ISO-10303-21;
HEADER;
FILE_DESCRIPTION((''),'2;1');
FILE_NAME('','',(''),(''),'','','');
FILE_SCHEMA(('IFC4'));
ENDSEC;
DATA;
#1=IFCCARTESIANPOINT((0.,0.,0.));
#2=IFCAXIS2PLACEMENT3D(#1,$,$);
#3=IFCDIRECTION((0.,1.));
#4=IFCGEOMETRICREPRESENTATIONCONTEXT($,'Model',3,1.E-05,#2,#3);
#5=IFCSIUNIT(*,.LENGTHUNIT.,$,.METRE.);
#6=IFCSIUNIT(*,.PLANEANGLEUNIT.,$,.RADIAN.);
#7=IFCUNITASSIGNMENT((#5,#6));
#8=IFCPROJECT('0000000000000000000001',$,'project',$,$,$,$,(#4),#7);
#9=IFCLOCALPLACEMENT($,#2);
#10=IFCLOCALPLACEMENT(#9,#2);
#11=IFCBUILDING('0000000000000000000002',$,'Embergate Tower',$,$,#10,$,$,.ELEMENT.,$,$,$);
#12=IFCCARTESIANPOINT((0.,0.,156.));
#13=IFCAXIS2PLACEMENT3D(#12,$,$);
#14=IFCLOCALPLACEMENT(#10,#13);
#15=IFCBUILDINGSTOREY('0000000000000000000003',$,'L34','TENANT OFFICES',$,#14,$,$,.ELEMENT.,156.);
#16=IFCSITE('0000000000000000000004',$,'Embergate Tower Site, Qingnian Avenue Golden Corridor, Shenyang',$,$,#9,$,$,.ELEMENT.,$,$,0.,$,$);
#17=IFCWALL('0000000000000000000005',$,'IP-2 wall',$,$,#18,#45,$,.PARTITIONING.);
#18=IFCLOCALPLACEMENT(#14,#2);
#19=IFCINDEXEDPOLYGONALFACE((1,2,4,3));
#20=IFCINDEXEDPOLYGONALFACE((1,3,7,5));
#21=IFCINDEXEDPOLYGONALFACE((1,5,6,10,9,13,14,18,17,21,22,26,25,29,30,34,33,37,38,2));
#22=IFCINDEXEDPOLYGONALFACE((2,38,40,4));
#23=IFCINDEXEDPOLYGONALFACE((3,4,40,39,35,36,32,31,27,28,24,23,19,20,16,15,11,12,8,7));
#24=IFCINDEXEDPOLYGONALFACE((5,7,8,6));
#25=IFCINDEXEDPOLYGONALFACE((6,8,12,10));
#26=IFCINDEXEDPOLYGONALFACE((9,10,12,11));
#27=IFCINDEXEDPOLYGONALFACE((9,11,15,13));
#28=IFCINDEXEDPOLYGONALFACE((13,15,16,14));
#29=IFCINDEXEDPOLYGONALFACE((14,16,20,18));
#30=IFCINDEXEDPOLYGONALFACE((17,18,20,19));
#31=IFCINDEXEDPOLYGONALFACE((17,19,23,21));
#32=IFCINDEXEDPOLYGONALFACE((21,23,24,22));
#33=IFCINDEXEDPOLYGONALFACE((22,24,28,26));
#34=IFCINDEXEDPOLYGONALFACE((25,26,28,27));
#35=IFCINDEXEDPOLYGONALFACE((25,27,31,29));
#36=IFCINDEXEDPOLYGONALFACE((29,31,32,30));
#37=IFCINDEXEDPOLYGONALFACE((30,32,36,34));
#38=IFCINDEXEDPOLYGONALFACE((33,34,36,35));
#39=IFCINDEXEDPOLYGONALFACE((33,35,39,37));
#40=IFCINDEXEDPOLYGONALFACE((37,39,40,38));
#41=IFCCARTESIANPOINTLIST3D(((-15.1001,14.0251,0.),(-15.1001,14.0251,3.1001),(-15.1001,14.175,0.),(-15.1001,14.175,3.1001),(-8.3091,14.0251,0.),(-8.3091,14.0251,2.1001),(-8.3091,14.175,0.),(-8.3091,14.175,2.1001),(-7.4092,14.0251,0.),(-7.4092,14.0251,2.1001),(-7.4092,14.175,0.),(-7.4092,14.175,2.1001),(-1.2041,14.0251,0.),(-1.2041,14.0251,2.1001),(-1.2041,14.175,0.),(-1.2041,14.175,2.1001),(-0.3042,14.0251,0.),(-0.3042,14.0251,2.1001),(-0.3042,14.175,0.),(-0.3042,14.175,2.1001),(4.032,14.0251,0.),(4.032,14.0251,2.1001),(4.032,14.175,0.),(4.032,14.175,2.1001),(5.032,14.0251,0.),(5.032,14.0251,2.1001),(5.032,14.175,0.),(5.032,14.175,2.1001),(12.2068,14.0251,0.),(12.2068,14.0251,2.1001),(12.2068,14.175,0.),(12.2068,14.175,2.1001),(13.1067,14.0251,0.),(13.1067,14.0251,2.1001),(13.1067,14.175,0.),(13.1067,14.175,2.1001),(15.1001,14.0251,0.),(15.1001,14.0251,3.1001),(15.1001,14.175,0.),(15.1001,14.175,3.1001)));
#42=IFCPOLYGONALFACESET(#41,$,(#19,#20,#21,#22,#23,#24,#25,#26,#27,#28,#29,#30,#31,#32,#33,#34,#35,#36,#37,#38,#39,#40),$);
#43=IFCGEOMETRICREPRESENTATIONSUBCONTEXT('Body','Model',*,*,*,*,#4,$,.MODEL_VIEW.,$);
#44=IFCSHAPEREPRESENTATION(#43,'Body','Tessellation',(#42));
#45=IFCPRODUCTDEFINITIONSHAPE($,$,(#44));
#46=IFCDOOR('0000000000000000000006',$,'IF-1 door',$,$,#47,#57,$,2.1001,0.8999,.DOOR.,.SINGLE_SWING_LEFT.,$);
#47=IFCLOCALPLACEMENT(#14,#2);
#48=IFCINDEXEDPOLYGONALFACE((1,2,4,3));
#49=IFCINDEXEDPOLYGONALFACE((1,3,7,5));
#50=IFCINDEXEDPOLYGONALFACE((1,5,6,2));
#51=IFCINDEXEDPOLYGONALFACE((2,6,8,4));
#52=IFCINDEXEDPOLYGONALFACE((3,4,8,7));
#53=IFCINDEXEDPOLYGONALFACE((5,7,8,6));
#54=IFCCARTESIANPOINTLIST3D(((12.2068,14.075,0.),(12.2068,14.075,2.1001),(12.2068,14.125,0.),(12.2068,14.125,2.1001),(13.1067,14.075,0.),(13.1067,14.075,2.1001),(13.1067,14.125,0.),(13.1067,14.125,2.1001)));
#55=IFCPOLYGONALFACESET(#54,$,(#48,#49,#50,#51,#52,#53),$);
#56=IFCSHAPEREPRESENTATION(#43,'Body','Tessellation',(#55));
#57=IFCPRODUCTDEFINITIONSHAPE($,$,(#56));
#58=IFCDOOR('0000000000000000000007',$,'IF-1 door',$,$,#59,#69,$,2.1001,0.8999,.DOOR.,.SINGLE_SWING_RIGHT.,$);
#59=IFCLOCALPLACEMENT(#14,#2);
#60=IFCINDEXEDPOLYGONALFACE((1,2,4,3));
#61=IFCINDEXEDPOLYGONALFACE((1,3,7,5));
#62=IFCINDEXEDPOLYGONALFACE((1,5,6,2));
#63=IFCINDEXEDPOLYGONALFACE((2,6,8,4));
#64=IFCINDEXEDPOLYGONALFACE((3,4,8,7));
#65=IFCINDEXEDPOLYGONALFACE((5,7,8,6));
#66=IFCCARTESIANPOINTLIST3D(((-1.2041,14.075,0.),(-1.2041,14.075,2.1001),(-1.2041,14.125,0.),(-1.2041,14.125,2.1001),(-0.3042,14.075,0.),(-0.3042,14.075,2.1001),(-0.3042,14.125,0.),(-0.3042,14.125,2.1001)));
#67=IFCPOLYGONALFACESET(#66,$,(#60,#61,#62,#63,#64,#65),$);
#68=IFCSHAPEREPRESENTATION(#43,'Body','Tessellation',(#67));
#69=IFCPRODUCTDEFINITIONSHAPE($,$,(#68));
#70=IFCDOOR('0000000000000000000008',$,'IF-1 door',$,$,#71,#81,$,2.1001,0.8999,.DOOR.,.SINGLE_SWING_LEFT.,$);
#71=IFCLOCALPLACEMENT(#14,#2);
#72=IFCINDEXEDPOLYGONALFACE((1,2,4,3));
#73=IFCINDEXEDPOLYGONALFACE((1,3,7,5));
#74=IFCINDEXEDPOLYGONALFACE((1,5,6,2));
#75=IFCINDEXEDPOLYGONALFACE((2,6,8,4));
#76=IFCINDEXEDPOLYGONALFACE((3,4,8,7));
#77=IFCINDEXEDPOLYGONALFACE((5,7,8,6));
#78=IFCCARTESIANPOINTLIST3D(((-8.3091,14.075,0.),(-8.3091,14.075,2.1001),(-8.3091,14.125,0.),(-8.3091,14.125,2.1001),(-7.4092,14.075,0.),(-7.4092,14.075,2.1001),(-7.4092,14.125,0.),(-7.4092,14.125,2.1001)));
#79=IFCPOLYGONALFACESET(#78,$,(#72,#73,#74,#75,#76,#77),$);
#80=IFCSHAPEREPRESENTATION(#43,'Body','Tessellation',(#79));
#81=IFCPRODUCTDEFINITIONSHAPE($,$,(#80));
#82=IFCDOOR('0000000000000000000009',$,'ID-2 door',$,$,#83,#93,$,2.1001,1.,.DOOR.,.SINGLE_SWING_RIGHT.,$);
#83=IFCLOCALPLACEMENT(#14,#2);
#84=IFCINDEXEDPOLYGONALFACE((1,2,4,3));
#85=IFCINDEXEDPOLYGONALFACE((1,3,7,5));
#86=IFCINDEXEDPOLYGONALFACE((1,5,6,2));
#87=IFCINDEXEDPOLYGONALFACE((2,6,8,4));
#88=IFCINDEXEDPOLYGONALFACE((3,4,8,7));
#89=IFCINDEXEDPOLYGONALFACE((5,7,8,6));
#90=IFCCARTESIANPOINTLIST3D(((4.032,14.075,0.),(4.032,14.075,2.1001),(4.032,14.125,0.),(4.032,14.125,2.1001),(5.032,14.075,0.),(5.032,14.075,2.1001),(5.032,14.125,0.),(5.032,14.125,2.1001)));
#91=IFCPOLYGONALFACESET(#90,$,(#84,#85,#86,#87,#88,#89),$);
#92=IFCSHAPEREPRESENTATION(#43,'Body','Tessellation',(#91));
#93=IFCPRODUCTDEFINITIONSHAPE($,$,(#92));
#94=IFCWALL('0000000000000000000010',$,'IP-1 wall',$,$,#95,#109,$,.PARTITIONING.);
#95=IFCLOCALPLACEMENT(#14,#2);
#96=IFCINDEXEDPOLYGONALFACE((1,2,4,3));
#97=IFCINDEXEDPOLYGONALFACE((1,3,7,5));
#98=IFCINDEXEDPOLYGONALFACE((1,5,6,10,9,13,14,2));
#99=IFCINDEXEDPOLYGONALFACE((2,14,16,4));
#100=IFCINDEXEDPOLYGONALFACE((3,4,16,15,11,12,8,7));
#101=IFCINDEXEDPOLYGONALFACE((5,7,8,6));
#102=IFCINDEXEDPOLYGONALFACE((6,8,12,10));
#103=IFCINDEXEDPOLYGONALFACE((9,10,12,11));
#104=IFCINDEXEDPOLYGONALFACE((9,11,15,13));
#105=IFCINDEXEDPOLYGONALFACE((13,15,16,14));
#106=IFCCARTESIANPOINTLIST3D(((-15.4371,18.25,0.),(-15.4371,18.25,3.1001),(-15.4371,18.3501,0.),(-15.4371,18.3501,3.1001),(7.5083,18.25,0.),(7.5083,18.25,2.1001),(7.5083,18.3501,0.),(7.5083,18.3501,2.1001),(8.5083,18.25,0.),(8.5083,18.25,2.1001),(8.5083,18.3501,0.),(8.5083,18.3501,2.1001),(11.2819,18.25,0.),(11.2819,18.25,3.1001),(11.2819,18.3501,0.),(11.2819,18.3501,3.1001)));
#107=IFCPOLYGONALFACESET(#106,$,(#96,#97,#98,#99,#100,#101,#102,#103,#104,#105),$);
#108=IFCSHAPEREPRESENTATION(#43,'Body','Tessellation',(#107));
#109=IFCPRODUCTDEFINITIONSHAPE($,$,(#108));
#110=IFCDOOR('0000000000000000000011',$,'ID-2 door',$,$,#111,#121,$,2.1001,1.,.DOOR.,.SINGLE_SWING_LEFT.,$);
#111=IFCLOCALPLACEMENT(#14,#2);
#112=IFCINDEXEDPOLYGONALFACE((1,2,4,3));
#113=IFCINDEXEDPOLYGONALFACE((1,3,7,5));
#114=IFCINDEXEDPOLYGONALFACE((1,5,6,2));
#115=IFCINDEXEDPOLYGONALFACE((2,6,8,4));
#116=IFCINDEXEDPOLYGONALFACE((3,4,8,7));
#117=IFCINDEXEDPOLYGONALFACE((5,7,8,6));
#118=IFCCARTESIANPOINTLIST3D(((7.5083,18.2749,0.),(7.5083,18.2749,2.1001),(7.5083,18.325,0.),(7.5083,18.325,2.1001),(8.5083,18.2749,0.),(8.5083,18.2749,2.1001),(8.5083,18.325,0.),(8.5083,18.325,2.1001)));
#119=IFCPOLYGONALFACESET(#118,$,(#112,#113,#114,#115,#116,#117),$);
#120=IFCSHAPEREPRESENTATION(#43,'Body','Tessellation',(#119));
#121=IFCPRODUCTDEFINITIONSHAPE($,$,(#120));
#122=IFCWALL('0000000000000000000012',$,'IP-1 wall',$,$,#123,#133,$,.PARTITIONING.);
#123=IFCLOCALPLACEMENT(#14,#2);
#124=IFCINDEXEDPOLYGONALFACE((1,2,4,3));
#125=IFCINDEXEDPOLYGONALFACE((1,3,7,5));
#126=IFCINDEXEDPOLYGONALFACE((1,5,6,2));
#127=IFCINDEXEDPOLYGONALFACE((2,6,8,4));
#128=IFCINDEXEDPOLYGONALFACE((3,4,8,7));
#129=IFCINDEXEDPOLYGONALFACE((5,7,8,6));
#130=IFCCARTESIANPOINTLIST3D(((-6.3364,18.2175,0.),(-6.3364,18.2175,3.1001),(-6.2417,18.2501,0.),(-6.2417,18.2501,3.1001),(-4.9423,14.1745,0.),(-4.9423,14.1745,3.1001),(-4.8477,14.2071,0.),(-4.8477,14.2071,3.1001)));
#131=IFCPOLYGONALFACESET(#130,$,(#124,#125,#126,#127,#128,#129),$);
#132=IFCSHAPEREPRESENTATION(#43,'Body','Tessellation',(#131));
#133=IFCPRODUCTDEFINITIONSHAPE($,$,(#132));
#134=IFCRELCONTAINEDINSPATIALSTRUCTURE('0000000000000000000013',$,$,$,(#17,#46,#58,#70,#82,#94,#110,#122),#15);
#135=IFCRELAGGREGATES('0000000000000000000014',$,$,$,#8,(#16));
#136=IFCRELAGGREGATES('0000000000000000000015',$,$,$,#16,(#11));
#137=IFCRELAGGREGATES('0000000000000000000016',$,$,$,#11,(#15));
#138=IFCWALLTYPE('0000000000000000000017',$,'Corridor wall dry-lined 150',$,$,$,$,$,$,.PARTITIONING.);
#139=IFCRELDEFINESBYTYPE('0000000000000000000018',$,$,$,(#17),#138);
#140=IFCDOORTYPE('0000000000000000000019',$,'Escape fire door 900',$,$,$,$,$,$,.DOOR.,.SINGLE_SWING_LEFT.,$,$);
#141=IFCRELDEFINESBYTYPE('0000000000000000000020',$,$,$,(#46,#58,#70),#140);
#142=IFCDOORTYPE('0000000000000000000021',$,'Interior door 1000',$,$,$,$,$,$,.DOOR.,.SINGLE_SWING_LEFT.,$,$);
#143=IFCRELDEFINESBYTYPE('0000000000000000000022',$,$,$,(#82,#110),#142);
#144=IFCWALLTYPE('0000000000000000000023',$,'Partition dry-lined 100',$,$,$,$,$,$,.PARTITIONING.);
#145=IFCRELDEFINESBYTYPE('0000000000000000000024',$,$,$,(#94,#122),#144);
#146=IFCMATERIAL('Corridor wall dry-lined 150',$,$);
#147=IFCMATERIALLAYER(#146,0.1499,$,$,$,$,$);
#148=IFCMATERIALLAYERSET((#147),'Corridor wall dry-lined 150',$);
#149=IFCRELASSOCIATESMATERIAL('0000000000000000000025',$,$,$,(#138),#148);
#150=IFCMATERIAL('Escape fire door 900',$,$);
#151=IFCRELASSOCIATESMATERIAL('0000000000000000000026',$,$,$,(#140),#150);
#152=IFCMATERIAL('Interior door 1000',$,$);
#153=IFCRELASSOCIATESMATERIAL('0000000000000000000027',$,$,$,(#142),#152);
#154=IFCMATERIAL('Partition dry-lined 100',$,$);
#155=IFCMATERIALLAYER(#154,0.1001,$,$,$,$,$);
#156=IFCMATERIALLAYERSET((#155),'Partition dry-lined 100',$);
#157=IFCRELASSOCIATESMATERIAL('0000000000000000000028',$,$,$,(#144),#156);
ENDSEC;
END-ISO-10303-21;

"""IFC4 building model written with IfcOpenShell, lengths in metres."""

from ifc_helpers import new_model, si_unit, direction, frame, frame_2d, origin, place, context, subcontext, project, spatial, rectangle, extrude, source, transform, mapped, material, layer, layer_set, type_object, element, fill, save


model = new_model("IFC4")

# Units and contexts
model_context = context("Model", 3, precision=1e-05, world=origin(), true_north=direction((0.0, 1.0)))
body_context = subcontext(model_context, "Body", "Model", "MODEL_VIEW")
ifc_project = project(units=[si_unit("LENGTHUNIT", "METRE"), si_unit("PLANEANGLEUNIT", "RADIAN")], contexts=[model_context])

# Site, building, storey
site_placement = place(None, origin())
site = spatial("IfcSite", under=ifc_project, at=site_placement, Name="Embergate Tower Site, Qingnian Avenue Golden Corridor, Shenyang", CompositionType="ELEMENT", RefElevation=0.0)
building_placement = place(site_placement, origin())
building = spatial("IfcBuilding", under=site, at=building_placement, Name="Embergate Tower", CompositionType="ELEMENT")
storey_placement = place(building_placement, frame((0.0, 0.0, 156.0)))
storey = spatial("IfcBuildingStorey", under=building, at=storey_placement, Name="L34", Description="TENANT OFFICES", CompositionType="ELEMENT", Elevation=156.0)

# Wall, openings, doors
ifc_material_1 = material(Name="Corridor wall dry-lined 150")
ifc_layer_1 = layer(ifc_material_1, 0.1499)
ifc_layer_set_1 = layer_set([ifc_layer_1], Name="Corridor wall dry-lined 150")
wall_type_1 = type_object("IfcWallType", Name="Corridor wall dry-lined 150", PredefinedType="PARTITIONING", material=ifc_layer_set_1)
shared_shape_1 = source(origin(), body_context, "Body", "SweptSolid", [
    extrude(rectangle(XDim=30.2002, YDim=0.1499, at=frame_2d((15.1001, 0.0))), origin(), (0.0, 0.0, 1.0), 3.1001),
])
wall_1_placement = place(storey_placement, frame((-15.1001, 14.1001, 0.0), z_axis=(0.0, 0.0, 1.0), x_axis=(1.0, 0.0, 0.0)))
wall_1 = element("IfcWall", 1, at=wall_1_placement, inside=storey, type_object=wall_type_1, Name="IP-2 wall", PredefinedType="PARTITIONING", context=body_context, shape_type="MappedRepresentation", body=[
    mapped(shared_shape_1, transform((0.0, 0.0, 0.0))),
])
shared_shape_2 = source(origin(), body_context, "Body", "SweptSolid", [
    extrude(rectangle(XDim=0.8999, YDim=2.1001, at=frame_2d((0.45, 1.05))), frame((0.0, 0.085, 0.0), z_axis=(0.0, -1.0, 0.0), x_axis=(1.0, 0.0, 0.0)), (0.0, 0.0, 1.0), 0.1699),
])
opening_1_placement = place(wall_1_placement, frame((27.3069, 0.0, 0.0)))
opening_1 = element("IfcOpeningElement", 2, at=opening_1_placement, cuts=wall_1, PredefinedType="OPENING", context=body_context, shape_type="MappedRepresentation", body=[
    mapped(shared_shape_2, transform((0.0, 0.0, 0.0))),
])
shared_shape_3 = source(origin(), body_context, "Body", "SweptSolid", [
    extrude(rectangle(XDim=1.0, YDim=2.1001, at=frame_2d((0.5, 1.05))), frame((0.0, 0.085, 0.0), z_axis=(0.0, -1.0, 0.0), x_axis=(1.0, 0.0, 0.0)), (0.0, 0.0, 1.0), 0.1699),
])
opening_2_placement = place(wall_1_placement, frame((19.1321, 0.0, 0.0)))
opening_2 = element("IfcOpeningElement", 3, at=opening_2_placement, cuts=wall_1, PredefinedType="OPENING", context=body_context, shape_type="MappedRepresentation", body=[
    mapped(shared_shape_3, transform((0.0, 0.0, 0.0))),
])
opening_3_placement = place(wall_1_placement, frame((13.896, 0.0, 0.0)))
opening_3 = element("IfcOpeningElement", 4, at=opening_3_placement, cuts=wall_1, PredefinedType="OPENING", context=body_context, shape_type="MappedRepresentation", body=[
    mapped(shared_shape_2, transform((0.0, 0.0, 0.0))),
])
opening_4_placement = place(wall_1_placement, frame((6.791, 0.0, 0.0)))
opening_4 = element("IfcOpeningElement", 5, at=opening_4_placement, cuts=wall_1, PredefinedType="OPENING", context=body_context, shape_type="MappedRepresentation", body=[
    mapped(shared_shape_2, transform((0.0, 0.0, 0.0))),
])
ifc_material_2 = material(Name="Escape fire door 900")
door_type_1 = type_object("IfcDoorType", Name="Escape fire door 900", OperationType="SINGLE_SWING_LEFT", PredefinedType="DOOR", material=ifc_material_2)
shared_shape_4 = source(origin(), body_context, "Body", "SweptSolid", [
    extrude(rectangle(XDim=0.8999, YDim=2.1001, at=frame_2d((0.45, 1.05))), frame((0.0, 0.0249, 0.0), z_axis=(0.0, -1.0, 0.0), x_axis=(1.0, 0.0, 0.0)), (0.0, 0.0, 1.0), 0.05),
])
door_1_placement = place(opening_1_placement, origin())
door_1 = element("IfcDoor", 6, at=door_1_placement, inside=storey, type_object=door_type_1, Name="IF-1 door", OperationType="SINGLE_SWING_LEFT", OverallHeight=2.1001, OverallWidth=0.8999, PredefinedType="DOOR", context=body_context, shape_type="MappedRepresentation", body=[
    mapped(shared_shape_4, transform((0.0, 0.0, 0.0))),
])
fill(opening_1, door_1)
door_2_placement = place(opening_3_placement, origin())
door_2 = element("IfcDoor", 7, at=door_2_placement, inside=storey, type_object=door_type_1, Name="IF-1 door", OperationType="SINGLE_SWING_RIGHT", OverallHeight=2.1001, OverallWidth=0.8999, PredefinedType="DOOR", context=body_context, shape_type="MappedRepresentation", body=[
    mapped(shared_shape_4, transform((0.0, 0.0, 0.0))),
])
fill(opening_3, door_2)
door_3_placement = place(opening_4_placement, origin())
door_3 = element("IfcDoor", 8, at=door_3_placement, inside=storey, type_object=door_type_1, Name="IF-1 door", OperationType="SINGLE_SWING_LEFT", OverallHeight=2.1001, OverallWidth=0.8999, PredefinedType="DOOR", context=body_context, shape_type="MappedRepresentation", body=[
    mapped(shared_shape_4, transform((0.0, 0.0, 0.0))),
])
fill(opening_4, door_3)
ifc_material_3 = material(Name="Interior door 1000")
door_type_2 = type_object("IfcDoorType", Name="Interior door 1000", OperationType="SINGLE_SWING_LEFT", PredefinedType="DOOR", material=ifc_material_3)
shared_shape_5 = source(origin(), body_context, "Body", "SweptSolid", [
    extrude(rectangle(XDim=1.0, YDim=2.1001, at=frame_2d((0.5, 1.05))), frame((0.0, 0.0249, 0.0), z_axis=(0.0, -1.0, 0.0), x_axis=(1.0, 0.0, 0.0)), (0.0, 0.0, 1.0), 0.05),
])
door_4_placement = place(opening_2_placement, origin())
door_4 = element("IfcDoor", 9, at=door_4_placement, inside=storey, type_object=door_type_2, Name="ID-2 door", OperationType="SINGLE_SWING_RIGHT", OverallHeight=2.1001, OverallWidth=1.0, PredefinedType="DOOR", context=body_context, shape_type="MappedRepresentation", body=[
    mapped(shared_shape_5, transform((0.0, 0.0, 0.0))),
])
fill(opening_2, door_4)

# Wall, opening, door
ifc_material_4 = material(Name="Partition dry-lined 100")
ifc_layer_2 = layer(ifc_material_4, 0.1001)
ifc_layer_set_2 = layer_set([ifc_layer_2], Name="Partition dry-lined 100")
wall_type_2 = type_object("IfcWallType", Name="Partition dry-lined 100", PredefinedType="PARTITIONING", material=ifc_layer_set_2)
shared_shape_6 = source(origin(), body_context, "Body", "SweptSolid", [
    extrude(rectangle(XDim=26.719, YDim=0.1001, at=frame_2d((13.3594, 0.0))), origin(), (0.0, 0.0, 1.0), 3.1001),
])
wall_2_placement = place(storey_placement, frame((-15.437, 18.3, 0.0), z_axis=(0.0, 0.0, 1.0), x_axis=(1.0, 0.0, 0.0)))
wall_2 = element("IfcWall", 10, at=wall_2_placement, inside=storey, type_object=wall_type_2, Name="IP-1 wall", PredefinedType="PARTITIONING", context=body_context, shape_type="MappedRepresentation", body=[
    mapped(shared_shape_6, transform((0.0, 0.0, 0.0))),
])
shared_shape_7 = source(origin(), body_context, "Body", "SweptSolid", [
    extrude(rectangle(XDim=1.0, YDim=2.1001, at=frame_2d((0.5, 1.05))), frame((0.0, 0.0601, 0.0), z_axis=(0.0, -1.0, 0.0), x_axis=(1.0, 0.0, 0.0)), (0.0, 0.0, 1.0), 0.1201),
])
opening_5_placement = place(wall_2_placement, frame((22.9453, 0.0, 0.0)))
opening_5 = element("IfcOpeningElement", 11, at=opening_5_placement, cuts=wall_2, PredefinedType="OPENING", context=body_context, shape_type="MappedRepresentation", body=[
    mapped(shared_shape_7, transform((0.0, 0.0, 0.0))),
])
door_5_placement = place(opening_5_placement, origin())
door_5 = element("IfcDoor", 12, at=door_5_placement, inside=storey, type_object=door_type_2, Name="ID-2 door", OperationType="SINGLE_SWING_LEFT", OverallHeight=2.1001, OverallWidth=1.0, PredefinedType="DOOR", context=body_context, shape_type="MappedRepresentation", body=[
    mapped(shared_shape_5, transform((0.0, 0.0, 0.0))),
])
fill(opening_5, door_5)

# Wall
shared_shape_8 = source(origin(), body_context, "Body", "SweptSolid", [
    extrude(rectangle(XDim=4.2766, YDim=0.1001, at=frame_2d((2.1382, 0.0))), origin(), (0.0, 0.0, 1.0), 3.1001),
])
wall_3_placement = place(storey_placement, frame((-4.895, 14.1909, 0.0), z_axis=(0.0, 0.0, 1.0), x_axis=(-0.325973, 0.945379, 0.0)))
element("IfcWall", 13, at=wall_3_placement, inside=storey, type_object=wall_type_2, Name="IP-1 wall", PredefinedType="PARTITIONING", context=body_context, shape_type="MappedRepresentation", body=[
    mapped(shared_shape_8, transform((0.0, 0.0, 0.0))),
])

save(model, "model.ifc")
